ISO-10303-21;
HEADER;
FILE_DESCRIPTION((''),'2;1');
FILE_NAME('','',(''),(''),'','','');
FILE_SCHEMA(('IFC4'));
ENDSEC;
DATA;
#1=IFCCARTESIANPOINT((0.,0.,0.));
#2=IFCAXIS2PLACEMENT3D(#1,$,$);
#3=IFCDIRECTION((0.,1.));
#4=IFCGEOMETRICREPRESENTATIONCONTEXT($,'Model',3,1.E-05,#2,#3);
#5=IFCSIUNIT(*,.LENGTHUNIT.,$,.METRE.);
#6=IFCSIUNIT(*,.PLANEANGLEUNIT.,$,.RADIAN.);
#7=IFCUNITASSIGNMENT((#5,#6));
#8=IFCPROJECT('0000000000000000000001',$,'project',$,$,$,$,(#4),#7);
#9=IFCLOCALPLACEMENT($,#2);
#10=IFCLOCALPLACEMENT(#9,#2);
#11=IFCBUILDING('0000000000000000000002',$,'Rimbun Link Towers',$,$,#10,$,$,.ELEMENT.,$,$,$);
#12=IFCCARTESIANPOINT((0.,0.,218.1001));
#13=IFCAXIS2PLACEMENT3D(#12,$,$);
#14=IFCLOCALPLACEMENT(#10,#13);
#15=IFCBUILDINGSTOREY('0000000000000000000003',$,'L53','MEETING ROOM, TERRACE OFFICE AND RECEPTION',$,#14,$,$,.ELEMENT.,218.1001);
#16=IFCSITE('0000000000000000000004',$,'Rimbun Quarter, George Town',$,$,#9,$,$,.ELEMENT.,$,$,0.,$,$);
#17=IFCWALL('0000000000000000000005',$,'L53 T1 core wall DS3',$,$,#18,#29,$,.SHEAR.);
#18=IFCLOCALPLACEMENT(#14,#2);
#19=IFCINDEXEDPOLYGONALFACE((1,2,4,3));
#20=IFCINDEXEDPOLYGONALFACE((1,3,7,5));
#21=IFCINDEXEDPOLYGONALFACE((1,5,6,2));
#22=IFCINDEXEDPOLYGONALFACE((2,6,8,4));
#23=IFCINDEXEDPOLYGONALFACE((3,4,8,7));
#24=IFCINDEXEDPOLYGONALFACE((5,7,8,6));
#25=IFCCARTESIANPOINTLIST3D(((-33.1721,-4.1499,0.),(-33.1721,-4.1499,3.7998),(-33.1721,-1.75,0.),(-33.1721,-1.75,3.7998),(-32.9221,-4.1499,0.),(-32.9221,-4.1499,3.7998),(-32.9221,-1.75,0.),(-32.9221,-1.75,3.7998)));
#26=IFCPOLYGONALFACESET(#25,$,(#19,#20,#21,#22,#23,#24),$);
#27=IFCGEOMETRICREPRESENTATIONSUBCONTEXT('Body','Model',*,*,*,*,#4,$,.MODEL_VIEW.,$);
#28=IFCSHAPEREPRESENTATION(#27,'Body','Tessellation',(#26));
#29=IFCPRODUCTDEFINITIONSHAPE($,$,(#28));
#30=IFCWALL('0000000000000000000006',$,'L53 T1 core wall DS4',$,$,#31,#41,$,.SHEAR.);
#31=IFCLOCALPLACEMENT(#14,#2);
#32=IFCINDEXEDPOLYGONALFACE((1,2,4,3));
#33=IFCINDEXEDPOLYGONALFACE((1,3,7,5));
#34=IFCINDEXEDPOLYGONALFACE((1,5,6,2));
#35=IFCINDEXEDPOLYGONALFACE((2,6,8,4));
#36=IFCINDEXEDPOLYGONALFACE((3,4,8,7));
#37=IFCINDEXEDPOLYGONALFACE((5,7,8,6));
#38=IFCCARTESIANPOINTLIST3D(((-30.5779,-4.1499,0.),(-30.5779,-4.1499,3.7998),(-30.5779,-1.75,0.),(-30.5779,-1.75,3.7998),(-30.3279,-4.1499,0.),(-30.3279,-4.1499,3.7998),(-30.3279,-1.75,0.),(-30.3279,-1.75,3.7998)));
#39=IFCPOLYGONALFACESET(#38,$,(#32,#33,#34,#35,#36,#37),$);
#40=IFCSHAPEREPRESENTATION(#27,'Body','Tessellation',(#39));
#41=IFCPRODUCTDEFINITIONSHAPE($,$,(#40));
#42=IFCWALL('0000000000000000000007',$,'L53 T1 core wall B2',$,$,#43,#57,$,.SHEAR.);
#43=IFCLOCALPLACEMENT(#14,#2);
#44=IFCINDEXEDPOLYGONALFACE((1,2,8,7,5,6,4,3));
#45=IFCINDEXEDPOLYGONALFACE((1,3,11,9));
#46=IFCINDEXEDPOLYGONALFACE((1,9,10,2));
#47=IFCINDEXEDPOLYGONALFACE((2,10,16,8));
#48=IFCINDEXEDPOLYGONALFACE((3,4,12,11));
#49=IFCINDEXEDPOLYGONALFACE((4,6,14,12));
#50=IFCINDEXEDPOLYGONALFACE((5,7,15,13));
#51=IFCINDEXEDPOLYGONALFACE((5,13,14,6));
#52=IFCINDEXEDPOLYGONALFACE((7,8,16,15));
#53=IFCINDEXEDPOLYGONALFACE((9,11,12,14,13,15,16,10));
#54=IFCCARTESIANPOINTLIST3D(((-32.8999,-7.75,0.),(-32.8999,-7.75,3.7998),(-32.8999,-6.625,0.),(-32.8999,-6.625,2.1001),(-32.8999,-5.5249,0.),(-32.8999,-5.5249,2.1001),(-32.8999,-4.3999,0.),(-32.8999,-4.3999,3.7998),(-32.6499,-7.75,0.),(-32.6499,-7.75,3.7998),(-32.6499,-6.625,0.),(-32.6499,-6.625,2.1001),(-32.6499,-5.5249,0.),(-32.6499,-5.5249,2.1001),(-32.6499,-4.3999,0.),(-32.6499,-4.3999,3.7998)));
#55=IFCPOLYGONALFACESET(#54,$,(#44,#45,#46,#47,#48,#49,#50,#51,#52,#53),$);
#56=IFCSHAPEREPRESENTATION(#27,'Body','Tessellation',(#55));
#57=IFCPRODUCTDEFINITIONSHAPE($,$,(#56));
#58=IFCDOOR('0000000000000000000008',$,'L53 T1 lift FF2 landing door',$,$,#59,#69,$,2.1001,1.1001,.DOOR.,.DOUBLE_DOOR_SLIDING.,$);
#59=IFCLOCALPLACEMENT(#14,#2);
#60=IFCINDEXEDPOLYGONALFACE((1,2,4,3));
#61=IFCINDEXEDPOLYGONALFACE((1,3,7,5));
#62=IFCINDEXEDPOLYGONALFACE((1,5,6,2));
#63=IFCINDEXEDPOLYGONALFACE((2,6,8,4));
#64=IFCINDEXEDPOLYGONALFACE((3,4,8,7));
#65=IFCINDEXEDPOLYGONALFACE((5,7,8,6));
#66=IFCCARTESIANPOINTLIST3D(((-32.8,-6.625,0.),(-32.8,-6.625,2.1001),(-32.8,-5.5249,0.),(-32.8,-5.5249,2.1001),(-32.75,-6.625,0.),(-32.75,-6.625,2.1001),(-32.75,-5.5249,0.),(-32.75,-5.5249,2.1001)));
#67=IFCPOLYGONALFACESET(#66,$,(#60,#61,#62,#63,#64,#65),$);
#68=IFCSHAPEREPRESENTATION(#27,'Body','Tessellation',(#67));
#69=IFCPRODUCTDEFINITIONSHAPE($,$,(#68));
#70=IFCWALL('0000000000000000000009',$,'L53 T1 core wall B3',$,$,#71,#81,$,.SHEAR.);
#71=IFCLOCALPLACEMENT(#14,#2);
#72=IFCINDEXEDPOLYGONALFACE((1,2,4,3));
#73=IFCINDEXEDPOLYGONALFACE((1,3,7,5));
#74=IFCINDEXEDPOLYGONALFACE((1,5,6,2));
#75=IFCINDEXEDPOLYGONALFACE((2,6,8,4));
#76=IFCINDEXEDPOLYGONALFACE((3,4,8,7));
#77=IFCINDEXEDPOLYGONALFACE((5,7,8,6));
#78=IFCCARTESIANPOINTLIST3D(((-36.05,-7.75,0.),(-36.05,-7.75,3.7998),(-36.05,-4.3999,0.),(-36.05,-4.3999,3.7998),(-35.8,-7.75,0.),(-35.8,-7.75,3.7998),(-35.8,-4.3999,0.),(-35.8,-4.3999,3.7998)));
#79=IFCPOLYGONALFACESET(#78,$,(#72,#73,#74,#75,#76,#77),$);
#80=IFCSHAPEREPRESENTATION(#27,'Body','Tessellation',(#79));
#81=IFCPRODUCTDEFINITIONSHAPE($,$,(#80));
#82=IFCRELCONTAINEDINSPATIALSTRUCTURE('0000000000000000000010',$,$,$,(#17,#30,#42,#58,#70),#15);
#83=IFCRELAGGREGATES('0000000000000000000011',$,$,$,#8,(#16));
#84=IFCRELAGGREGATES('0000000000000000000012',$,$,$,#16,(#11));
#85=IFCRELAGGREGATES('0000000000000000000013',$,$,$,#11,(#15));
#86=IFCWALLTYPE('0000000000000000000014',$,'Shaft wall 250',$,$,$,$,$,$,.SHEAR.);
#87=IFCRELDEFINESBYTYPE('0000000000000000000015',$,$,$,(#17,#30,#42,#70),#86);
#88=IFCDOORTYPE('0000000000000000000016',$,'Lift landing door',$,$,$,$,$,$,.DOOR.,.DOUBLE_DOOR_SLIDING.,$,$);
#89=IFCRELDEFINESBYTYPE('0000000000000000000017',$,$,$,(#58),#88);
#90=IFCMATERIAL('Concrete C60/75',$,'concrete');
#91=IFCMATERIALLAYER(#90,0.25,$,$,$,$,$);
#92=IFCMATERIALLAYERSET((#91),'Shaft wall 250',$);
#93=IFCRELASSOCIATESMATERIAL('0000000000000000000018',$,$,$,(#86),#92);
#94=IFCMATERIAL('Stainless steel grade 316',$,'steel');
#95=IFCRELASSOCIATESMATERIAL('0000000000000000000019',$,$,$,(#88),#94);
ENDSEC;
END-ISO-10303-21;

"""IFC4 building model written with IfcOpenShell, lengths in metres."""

from ifc_helpers import new_model, si_unit, direction, frame, frame_2d, origin, place, context, subcontext, project, spatial, rectangle, extrude, material, layer, layer_set, type_object, element, fill, save


model = new_model("IFC4")

# Units and contexts
model_context = context("Model", 3, precision=1e-05, world=origin(), true_north=direction((0.0, 1.0)))
body_context = subcontext(model_context, "Body", "Model", "MODEL_VIEW")
ifc_project = project(units=[si_unit("LENGTHUNIT", "METRE"), si_unit("PLANEANGLEUNIT", "RADIAN")], contexts=[model_context])

# Site, building, storey
site_placement = place(None, origin())
site = spatial("IfcSite", under=ifc_project, at=site_placement, Name="Rimbun Quarter, George Town", CompositionType="ELEMENT", RefElevation=0.0)
building_placement = place(site_placement, origin())
building = spatial("IfcBuilding", under=site, at=building_placement, Name="Rimbun Link Towers", CompositionType="ELEMENT")
storey_placement = place(building_placement, frame((0.0, 0.0, 218.1001)))
storey = spatial("IfcBuildingStorey", under=building, at=storey_placement, Name="L53", Description="MEETING ROOM, TERRACE OFFICE AND RECEPTION", CompositionType="ELEMENT", Elevation=218.1001)

# Shared definitions
ifc_material_1 = material(Name="Concrete C60/75", Category="concrete")
ifc_layer_1 = layer(ifc_material_1, 0.25)
ifc_layer_set_1 = layer_set([ifc_layer_1], Name="Shaft wall 250")
wall_type_1 = type_object("IfcWallType", Name="Shaft wall 250", PredefinedType="SHEAR", material=ifc_layer_set_1)

# Shared definitions
ifc_material_2 = material(Name="Stainless steel grade 316", Category="steel")
door_type_1 = type_object("IfcDoorType", Name="Lift landing door", OperationType="DOUBLE_DOOR_SLIDING", PredefinedType="DOOR", material=ifc_material_2)

# Walls
for number, where, z_axis, x_axis, name in (
    (1, (-33.0471, -4.1499, 0.0), (0.0, 0.0, 1.0), (0.0, 1.0, 0.0), "L53 T1 core wall DS3"),
    (2, (-30.4529, -4.1499, 0.0), (0.0, 0.0, 1.0), (0.0, 1.0, 0.0), "L53 T1 core wall DS4"),
):
    element("IfcWall", number, at=place(storey_placement, frame(where, z_axis=z_axis, x_axis=x_axis)), inside=storey, type_object=wall_type_1, Name=name, PredefinedType="SHEAR", context=body_context, shape_type="SweptSolid", body=[
        extrude(rectangle(XDim=2.3999, YDim=0.25, at=frame_2d((1.2, 0.0))), origin(), (0.0, 0.0, 1.0), 3.7998),
    ])

# Wall, opening, door
wall_1_placement = place(storey_placement, frame((-32.7749, -4.3999, 0.0), z_axis=(0.0, 0.0, 1.0), x_axis=(0.0, -1.0, 0.0)))
wall_1 = element("IfcWall", 3, at=wall_1_placement, inside=storey, type_object=wall_type_1, Name="L53 T1 core wall B2", PredefinedType="SHEAR", context=body_context, shape_type="SweptSolid", body=[
    extrude(rectangle(XDim=3.3501, YDim=0.25, at=frame_2d((1.675, 0.0))), origin(), (0.0, 0.0, 1.0), 3.7998),
])
opening_1_placement = place(wall_1_placement, frame((1.125, 0.0, 0.0)))
opening_1 = element("IfcOpeningElement", 4, at=opening_1_placement, cuts=wall_1, PredefinedType="OPENING", context=body_context, shape_type="SweptSolid", body=[
    extrude(rectangle(XDim=1.1001, YDim=2.1001, at=frame_2d((0.55, 1.05))), frame((0.0, 0.135, 0.0), z_axis=(0.0, -1.0, 0.0), x_axis=(1.0, 0.0, 0.0)), (0.0, 0.0, 1.0), 0.27),
])
door_1_placement = place(opening_1_placement, origin())
door_1 = element("IfcDoor", 5, at=door_1_placement, inside=storey, type_object=door_type_1, Name="L53 T1 lift FF2 landing door", OperationType="DOUBLE_DOOR_SLIDING", OverallHeight=2.1001, OverallWidth=1.1001, PredefinedType="DOOR", context=body_context, shape_type="SweptSolid", body=[
    extrude(rectangle(XDim=1.1001, YDim=2.1001, at=frame_2d((0.55, 1.05))), frame((0.0, 0.0249, 0.0), z_axis=(0.0, -1.0, 0.0), x_axis=(1.0, 0.0, 0.0)), (0.0, 0.0, 1.0), 0.05),
])
fill(opening_1, door_1)

# Wall
wall_2_placement = place(storey_placement, frame((-35.925, -4.3999, 0.0), z_axis=(0.0, 0.0, 1.0), x_axis=(0.0, -1.0, 0.0)))
element("IfcWall", 6, at=wall_2_placement, inside=storey, type_object=wall_type_1, Name="L53 T1 core wall B3", PredefinedType="SHEAR", context=body_context, shape_type="SweptSolid", body=[
    extrude(rectangle(XDim=3.3501, YDim=0.25, at=frame_2d((1.675, 0.0))), origin(), (0.0, 0.0, 1.0), 3.7998),
])

save(model, "model.ifc")
